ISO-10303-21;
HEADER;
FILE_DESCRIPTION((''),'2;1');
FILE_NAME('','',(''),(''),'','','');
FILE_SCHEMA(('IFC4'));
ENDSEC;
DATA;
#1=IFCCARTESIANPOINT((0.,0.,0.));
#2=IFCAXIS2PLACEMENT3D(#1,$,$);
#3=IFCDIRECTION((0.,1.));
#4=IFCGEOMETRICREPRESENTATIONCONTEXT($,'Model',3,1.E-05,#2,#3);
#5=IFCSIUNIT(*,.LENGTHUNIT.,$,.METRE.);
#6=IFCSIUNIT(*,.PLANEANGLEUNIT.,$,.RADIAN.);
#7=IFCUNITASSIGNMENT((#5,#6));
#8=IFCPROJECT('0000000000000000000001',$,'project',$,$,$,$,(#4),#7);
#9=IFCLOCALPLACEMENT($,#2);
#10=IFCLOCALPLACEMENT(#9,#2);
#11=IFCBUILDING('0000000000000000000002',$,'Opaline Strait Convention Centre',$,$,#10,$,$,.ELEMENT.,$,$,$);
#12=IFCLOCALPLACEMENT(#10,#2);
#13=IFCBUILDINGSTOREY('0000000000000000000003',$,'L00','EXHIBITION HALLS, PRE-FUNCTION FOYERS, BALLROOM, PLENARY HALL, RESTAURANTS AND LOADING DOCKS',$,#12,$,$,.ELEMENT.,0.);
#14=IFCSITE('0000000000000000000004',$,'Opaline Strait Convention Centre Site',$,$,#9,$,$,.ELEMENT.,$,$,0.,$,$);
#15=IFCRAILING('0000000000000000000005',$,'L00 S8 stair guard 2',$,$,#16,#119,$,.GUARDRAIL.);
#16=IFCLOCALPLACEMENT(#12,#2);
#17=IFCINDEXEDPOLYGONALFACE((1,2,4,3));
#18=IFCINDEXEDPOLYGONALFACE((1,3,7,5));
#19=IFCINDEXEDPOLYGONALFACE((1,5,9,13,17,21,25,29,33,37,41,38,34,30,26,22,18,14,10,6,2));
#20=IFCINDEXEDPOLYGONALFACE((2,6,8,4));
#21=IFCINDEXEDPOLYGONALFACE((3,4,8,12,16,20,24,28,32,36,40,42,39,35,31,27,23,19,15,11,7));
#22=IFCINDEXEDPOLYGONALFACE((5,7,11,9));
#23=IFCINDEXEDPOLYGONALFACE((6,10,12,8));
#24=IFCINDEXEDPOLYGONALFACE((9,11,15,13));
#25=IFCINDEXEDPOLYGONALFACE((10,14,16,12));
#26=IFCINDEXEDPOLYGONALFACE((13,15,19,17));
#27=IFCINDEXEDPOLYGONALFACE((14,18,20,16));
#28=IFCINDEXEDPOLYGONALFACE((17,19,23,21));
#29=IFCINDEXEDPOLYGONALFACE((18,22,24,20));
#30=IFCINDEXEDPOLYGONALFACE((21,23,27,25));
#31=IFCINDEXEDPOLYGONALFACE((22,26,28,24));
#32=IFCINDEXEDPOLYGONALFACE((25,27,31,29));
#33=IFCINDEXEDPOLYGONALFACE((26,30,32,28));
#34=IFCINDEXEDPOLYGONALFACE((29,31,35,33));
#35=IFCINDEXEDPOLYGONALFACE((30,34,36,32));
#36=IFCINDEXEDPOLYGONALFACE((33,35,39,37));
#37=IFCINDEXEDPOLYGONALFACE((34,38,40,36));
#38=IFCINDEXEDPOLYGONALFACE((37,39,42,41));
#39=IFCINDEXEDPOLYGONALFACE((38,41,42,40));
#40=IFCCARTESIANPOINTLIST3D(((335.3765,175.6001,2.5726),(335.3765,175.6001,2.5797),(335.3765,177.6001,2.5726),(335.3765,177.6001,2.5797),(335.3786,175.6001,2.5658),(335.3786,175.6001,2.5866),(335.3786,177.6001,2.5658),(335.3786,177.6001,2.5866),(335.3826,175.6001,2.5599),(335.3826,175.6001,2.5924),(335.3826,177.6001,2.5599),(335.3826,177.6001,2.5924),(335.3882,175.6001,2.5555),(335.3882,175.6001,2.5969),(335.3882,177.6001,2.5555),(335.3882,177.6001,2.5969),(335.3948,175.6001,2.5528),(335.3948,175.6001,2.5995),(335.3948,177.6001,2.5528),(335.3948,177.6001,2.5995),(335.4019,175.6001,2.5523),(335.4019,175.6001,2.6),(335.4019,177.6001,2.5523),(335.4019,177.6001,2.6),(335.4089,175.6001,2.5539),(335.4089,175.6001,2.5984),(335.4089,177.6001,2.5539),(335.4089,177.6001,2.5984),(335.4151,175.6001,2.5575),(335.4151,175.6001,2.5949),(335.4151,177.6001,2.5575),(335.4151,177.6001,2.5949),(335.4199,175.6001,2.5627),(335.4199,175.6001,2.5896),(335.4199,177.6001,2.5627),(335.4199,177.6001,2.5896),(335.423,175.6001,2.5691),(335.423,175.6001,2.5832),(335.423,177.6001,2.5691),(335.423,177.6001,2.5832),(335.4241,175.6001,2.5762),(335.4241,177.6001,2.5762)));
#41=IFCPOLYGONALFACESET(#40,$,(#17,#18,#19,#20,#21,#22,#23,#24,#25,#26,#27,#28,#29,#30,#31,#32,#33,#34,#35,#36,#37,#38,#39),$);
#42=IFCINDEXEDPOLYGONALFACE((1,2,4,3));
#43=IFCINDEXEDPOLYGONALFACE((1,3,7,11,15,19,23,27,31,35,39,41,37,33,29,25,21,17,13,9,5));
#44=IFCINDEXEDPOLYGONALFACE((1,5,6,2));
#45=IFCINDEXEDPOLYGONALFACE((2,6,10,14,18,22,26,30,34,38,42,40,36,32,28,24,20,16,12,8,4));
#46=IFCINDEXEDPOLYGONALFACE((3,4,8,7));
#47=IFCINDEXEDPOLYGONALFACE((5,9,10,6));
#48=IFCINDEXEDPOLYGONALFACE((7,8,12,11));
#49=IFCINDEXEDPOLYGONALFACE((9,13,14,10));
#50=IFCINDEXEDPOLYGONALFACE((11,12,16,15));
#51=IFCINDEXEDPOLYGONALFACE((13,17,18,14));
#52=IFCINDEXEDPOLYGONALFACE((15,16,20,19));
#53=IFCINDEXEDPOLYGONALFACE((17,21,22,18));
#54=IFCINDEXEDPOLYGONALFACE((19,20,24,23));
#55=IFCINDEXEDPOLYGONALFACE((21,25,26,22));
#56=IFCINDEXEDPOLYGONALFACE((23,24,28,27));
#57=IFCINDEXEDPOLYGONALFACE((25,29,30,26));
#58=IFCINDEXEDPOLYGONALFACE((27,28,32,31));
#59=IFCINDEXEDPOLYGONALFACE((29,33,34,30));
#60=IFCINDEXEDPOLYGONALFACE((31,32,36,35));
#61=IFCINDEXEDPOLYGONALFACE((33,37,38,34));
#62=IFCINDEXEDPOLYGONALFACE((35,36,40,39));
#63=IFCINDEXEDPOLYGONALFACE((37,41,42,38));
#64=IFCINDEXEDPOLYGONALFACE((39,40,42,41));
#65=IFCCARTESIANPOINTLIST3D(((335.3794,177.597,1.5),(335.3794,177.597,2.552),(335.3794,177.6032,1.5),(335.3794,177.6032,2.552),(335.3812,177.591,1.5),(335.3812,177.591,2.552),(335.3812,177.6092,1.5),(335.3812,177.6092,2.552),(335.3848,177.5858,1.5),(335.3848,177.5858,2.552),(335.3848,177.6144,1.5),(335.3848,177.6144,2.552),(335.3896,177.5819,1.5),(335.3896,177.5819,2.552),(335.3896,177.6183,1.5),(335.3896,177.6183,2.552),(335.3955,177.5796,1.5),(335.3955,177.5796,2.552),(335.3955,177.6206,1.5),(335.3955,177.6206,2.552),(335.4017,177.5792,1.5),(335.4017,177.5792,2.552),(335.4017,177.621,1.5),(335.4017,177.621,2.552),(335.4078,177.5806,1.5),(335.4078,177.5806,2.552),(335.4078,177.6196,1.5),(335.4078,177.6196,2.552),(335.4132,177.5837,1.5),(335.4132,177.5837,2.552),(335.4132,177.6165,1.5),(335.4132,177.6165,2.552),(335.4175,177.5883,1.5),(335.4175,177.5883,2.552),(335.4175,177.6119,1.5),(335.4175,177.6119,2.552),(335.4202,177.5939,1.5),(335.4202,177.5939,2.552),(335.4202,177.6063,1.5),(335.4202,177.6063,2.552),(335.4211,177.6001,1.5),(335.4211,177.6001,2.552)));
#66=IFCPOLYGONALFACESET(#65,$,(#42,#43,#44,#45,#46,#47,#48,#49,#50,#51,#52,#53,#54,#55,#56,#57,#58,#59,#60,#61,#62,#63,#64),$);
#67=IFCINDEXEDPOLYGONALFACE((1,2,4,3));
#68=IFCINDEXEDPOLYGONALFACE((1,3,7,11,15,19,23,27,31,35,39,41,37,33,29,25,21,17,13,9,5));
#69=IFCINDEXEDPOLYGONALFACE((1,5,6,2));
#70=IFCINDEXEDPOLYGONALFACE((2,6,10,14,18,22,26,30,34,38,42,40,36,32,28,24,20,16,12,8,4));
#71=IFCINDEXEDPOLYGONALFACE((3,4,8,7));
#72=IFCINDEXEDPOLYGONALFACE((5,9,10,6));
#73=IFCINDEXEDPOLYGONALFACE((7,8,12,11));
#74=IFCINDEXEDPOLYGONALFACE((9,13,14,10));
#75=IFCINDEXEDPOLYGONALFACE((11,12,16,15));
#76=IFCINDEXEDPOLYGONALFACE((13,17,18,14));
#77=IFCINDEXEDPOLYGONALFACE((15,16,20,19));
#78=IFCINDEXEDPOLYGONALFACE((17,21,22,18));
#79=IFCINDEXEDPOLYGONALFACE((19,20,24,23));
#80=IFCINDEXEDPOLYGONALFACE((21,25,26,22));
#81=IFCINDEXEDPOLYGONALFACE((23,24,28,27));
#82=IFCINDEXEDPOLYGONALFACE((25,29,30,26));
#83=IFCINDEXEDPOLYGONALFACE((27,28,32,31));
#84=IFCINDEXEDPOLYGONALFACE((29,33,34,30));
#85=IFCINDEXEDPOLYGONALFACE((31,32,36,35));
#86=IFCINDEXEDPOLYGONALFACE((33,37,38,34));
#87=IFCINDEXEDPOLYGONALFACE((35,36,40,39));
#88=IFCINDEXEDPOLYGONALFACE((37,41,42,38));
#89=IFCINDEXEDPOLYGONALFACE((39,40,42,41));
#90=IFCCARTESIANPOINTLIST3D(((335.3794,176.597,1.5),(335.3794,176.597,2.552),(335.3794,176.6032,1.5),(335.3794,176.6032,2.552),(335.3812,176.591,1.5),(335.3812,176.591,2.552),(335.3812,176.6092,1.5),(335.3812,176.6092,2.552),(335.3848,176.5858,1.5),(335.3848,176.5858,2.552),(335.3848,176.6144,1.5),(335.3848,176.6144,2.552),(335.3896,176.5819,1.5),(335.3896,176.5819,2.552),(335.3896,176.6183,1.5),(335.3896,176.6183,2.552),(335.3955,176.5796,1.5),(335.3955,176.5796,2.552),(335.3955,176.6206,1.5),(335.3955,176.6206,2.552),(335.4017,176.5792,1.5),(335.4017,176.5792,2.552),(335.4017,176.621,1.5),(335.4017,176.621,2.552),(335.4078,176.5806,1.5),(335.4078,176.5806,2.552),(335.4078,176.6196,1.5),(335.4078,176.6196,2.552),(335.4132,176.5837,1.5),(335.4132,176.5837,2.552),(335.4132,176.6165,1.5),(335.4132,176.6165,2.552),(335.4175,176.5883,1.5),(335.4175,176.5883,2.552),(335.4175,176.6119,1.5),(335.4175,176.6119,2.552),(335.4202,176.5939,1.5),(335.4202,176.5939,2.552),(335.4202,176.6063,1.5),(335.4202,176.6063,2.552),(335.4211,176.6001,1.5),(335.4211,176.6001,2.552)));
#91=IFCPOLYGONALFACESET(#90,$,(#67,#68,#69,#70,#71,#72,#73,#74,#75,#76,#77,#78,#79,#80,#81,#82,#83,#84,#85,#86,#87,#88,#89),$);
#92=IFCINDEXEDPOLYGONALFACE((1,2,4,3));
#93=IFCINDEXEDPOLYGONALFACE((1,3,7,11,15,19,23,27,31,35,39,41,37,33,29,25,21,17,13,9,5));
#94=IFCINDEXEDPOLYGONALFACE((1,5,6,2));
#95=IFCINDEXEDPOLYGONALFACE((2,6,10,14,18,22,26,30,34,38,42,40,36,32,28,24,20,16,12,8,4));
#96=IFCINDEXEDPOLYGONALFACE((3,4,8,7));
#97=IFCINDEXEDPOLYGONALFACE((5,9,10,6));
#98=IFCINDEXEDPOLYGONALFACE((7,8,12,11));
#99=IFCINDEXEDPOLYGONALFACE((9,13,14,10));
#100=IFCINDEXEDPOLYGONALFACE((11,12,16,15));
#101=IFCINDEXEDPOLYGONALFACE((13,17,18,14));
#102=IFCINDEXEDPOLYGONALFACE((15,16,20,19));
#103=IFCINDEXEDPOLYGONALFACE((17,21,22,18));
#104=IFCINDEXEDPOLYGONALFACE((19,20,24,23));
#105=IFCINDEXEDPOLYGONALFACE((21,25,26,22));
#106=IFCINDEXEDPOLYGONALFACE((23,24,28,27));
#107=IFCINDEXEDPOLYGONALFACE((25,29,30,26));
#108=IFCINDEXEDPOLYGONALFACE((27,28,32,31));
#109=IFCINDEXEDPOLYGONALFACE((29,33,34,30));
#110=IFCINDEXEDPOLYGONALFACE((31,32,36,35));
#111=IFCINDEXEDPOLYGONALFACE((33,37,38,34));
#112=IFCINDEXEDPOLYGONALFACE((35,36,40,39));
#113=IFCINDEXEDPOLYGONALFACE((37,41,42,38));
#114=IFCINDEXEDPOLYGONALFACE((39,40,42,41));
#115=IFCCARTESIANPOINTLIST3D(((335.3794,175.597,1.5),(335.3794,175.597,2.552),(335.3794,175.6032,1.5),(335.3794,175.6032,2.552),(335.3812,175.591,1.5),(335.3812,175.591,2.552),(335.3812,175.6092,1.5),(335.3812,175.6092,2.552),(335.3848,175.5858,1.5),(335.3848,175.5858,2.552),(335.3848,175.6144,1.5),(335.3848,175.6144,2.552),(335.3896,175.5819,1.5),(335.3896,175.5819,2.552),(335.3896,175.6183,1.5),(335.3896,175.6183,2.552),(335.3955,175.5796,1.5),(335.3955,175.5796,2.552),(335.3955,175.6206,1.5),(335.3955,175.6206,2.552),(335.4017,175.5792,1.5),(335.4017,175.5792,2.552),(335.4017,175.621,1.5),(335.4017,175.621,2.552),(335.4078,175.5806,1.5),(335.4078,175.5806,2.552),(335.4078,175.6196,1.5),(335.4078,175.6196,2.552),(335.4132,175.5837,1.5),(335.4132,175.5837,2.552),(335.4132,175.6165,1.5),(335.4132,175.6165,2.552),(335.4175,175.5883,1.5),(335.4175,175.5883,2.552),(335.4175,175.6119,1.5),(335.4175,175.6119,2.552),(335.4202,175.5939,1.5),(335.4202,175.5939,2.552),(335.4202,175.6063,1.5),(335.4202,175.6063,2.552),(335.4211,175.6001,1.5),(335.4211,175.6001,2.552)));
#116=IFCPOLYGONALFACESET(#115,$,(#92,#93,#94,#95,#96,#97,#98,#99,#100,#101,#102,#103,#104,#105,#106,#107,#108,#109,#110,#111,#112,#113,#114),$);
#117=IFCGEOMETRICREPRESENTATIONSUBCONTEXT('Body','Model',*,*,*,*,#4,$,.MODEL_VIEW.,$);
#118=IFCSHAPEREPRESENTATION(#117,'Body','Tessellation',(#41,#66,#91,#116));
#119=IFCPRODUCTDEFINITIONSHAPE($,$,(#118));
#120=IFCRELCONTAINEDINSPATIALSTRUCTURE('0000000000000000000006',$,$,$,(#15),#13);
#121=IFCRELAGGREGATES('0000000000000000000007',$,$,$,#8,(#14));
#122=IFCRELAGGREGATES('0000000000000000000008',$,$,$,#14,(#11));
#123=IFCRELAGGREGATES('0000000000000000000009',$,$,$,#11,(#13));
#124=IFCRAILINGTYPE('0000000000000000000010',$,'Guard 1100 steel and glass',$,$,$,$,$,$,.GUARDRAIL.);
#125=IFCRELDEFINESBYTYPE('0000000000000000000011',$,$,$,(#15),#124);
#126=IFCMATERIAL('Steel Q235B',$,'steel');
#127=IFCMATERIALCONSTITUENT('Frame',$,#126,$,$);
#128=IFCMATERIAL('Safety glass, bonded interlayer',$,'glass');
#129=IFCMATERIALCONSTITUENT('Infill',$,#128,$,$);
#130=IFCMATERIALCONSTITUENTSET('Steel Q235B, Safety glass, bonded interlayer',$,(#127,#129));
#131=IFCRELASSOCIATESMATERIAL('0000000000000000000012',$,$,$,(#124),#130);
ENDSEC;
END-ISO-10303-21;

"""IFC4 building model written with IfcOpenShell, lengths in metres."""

from ifc_helpers import new_model, si_unit, direction, frame, origin, origin_2d, place, context, subcontext, project, spatial, circle, extrude, material, constituent, constituent_set, type_object, element, save


model = new_model("IFC4")

# Units and contexts
model_context = context("Model", 3, precision=1e-05, world=origin(), true_north=direction((0.0, 1.0)))
body_context = subcontext(model_context, "Body", "Model", "MODEL_VIEW")
ifc_project = project(units=[si_unit("LENGTHUNIT", "METRE"), si_unit("PLANEANGLEUNIT", "RADIAN")], contexts=[model_context])

# Site, building, storey
site_placement = place(None, origin())
site = spatial("IfcSite", under=ifc_project, at=site_placement, Name="Opaline Strait Convention Centre Site", CompositionType="ELEMENT", RefElevation=0.0)
building_placement = place(site_placement, origin())
building = spatial("IfcBuilding", under=site, at=building_placement, Name="Opaline Strait Convention Centre", CompositionType="ELEMENT")
storey_placement = place(building_placement, origin())
storey = spatial("IfcBuildingStorey", under=building, at=storey_placement, Name="L00", Description="EXHIBITION HALLS, PRE-FUNCTION FOYERS, BALLROOM, PLENARY HALL, RESTAURANTS AND LOADING DOCKS", CompositionType="ELEMENT", Elevation=0.0)

# Railing
ifc_material_1 = material(Name="Steel Q235B", Category="steel")
ifc_constituent_1 = constituent(ifc_material_1, Name="Frame")
ifc_material_2 = material(Name="Safety glass, bonded interlayer", Category="glass")
ifc_constituent_2 = constituent(ifc_material_2, Name="Infill")
ifc_constituent_set = constituent_set(constituents=[ifc_constituent_1, ifc_constituent_2], Name="Steel Q235B, Safety glass, bonded interlayer")
railing_type_1 = type_object("IfcRailingType", Name="Guard 1100 steel and glass", PredefinedType="GUARDRAIL", material=ifc_constituent_set)
for number, where, name in (
    (1, (335.4001, 177.6001, 1.5), "L00 S8 stair guard 2"),
):
    element("IfcRailing", number, at=place(storey_placement, frame(where)), inside=storey, type_object=railing_type_1, Name=name, PredefinedType="GUARDRAIL", context=body_context, shape_type="SweptSolid", body=[
        extrude(circle(Radius=0.0239, at=origin_2d()), frame((0.0, 0.0, 1.0762), z_axis=(0.0, -1.0, 0.0), x_axis=(1.0, 0.0, 0.0)), (0.0, 0.0, 1.0), 2.0),
        extrude(circle(Radius=0.021, at=origin_2d()), origin(), (0.0, 0.0, 1.0), 1.052),
        extrude(circle(Radius=0.021, at=origin_2d()), frame((0.0, -1.0, 0.0)), (0.0, 0.0, 1.0), 1.052),
        extrude(circle(Radius=0.021, at=origin_2d()), frame((0.0, -2.0, 0.0)), (0.0, 0.0, 1.0), 1.052),
    ])

save(model, "model.ifc")
